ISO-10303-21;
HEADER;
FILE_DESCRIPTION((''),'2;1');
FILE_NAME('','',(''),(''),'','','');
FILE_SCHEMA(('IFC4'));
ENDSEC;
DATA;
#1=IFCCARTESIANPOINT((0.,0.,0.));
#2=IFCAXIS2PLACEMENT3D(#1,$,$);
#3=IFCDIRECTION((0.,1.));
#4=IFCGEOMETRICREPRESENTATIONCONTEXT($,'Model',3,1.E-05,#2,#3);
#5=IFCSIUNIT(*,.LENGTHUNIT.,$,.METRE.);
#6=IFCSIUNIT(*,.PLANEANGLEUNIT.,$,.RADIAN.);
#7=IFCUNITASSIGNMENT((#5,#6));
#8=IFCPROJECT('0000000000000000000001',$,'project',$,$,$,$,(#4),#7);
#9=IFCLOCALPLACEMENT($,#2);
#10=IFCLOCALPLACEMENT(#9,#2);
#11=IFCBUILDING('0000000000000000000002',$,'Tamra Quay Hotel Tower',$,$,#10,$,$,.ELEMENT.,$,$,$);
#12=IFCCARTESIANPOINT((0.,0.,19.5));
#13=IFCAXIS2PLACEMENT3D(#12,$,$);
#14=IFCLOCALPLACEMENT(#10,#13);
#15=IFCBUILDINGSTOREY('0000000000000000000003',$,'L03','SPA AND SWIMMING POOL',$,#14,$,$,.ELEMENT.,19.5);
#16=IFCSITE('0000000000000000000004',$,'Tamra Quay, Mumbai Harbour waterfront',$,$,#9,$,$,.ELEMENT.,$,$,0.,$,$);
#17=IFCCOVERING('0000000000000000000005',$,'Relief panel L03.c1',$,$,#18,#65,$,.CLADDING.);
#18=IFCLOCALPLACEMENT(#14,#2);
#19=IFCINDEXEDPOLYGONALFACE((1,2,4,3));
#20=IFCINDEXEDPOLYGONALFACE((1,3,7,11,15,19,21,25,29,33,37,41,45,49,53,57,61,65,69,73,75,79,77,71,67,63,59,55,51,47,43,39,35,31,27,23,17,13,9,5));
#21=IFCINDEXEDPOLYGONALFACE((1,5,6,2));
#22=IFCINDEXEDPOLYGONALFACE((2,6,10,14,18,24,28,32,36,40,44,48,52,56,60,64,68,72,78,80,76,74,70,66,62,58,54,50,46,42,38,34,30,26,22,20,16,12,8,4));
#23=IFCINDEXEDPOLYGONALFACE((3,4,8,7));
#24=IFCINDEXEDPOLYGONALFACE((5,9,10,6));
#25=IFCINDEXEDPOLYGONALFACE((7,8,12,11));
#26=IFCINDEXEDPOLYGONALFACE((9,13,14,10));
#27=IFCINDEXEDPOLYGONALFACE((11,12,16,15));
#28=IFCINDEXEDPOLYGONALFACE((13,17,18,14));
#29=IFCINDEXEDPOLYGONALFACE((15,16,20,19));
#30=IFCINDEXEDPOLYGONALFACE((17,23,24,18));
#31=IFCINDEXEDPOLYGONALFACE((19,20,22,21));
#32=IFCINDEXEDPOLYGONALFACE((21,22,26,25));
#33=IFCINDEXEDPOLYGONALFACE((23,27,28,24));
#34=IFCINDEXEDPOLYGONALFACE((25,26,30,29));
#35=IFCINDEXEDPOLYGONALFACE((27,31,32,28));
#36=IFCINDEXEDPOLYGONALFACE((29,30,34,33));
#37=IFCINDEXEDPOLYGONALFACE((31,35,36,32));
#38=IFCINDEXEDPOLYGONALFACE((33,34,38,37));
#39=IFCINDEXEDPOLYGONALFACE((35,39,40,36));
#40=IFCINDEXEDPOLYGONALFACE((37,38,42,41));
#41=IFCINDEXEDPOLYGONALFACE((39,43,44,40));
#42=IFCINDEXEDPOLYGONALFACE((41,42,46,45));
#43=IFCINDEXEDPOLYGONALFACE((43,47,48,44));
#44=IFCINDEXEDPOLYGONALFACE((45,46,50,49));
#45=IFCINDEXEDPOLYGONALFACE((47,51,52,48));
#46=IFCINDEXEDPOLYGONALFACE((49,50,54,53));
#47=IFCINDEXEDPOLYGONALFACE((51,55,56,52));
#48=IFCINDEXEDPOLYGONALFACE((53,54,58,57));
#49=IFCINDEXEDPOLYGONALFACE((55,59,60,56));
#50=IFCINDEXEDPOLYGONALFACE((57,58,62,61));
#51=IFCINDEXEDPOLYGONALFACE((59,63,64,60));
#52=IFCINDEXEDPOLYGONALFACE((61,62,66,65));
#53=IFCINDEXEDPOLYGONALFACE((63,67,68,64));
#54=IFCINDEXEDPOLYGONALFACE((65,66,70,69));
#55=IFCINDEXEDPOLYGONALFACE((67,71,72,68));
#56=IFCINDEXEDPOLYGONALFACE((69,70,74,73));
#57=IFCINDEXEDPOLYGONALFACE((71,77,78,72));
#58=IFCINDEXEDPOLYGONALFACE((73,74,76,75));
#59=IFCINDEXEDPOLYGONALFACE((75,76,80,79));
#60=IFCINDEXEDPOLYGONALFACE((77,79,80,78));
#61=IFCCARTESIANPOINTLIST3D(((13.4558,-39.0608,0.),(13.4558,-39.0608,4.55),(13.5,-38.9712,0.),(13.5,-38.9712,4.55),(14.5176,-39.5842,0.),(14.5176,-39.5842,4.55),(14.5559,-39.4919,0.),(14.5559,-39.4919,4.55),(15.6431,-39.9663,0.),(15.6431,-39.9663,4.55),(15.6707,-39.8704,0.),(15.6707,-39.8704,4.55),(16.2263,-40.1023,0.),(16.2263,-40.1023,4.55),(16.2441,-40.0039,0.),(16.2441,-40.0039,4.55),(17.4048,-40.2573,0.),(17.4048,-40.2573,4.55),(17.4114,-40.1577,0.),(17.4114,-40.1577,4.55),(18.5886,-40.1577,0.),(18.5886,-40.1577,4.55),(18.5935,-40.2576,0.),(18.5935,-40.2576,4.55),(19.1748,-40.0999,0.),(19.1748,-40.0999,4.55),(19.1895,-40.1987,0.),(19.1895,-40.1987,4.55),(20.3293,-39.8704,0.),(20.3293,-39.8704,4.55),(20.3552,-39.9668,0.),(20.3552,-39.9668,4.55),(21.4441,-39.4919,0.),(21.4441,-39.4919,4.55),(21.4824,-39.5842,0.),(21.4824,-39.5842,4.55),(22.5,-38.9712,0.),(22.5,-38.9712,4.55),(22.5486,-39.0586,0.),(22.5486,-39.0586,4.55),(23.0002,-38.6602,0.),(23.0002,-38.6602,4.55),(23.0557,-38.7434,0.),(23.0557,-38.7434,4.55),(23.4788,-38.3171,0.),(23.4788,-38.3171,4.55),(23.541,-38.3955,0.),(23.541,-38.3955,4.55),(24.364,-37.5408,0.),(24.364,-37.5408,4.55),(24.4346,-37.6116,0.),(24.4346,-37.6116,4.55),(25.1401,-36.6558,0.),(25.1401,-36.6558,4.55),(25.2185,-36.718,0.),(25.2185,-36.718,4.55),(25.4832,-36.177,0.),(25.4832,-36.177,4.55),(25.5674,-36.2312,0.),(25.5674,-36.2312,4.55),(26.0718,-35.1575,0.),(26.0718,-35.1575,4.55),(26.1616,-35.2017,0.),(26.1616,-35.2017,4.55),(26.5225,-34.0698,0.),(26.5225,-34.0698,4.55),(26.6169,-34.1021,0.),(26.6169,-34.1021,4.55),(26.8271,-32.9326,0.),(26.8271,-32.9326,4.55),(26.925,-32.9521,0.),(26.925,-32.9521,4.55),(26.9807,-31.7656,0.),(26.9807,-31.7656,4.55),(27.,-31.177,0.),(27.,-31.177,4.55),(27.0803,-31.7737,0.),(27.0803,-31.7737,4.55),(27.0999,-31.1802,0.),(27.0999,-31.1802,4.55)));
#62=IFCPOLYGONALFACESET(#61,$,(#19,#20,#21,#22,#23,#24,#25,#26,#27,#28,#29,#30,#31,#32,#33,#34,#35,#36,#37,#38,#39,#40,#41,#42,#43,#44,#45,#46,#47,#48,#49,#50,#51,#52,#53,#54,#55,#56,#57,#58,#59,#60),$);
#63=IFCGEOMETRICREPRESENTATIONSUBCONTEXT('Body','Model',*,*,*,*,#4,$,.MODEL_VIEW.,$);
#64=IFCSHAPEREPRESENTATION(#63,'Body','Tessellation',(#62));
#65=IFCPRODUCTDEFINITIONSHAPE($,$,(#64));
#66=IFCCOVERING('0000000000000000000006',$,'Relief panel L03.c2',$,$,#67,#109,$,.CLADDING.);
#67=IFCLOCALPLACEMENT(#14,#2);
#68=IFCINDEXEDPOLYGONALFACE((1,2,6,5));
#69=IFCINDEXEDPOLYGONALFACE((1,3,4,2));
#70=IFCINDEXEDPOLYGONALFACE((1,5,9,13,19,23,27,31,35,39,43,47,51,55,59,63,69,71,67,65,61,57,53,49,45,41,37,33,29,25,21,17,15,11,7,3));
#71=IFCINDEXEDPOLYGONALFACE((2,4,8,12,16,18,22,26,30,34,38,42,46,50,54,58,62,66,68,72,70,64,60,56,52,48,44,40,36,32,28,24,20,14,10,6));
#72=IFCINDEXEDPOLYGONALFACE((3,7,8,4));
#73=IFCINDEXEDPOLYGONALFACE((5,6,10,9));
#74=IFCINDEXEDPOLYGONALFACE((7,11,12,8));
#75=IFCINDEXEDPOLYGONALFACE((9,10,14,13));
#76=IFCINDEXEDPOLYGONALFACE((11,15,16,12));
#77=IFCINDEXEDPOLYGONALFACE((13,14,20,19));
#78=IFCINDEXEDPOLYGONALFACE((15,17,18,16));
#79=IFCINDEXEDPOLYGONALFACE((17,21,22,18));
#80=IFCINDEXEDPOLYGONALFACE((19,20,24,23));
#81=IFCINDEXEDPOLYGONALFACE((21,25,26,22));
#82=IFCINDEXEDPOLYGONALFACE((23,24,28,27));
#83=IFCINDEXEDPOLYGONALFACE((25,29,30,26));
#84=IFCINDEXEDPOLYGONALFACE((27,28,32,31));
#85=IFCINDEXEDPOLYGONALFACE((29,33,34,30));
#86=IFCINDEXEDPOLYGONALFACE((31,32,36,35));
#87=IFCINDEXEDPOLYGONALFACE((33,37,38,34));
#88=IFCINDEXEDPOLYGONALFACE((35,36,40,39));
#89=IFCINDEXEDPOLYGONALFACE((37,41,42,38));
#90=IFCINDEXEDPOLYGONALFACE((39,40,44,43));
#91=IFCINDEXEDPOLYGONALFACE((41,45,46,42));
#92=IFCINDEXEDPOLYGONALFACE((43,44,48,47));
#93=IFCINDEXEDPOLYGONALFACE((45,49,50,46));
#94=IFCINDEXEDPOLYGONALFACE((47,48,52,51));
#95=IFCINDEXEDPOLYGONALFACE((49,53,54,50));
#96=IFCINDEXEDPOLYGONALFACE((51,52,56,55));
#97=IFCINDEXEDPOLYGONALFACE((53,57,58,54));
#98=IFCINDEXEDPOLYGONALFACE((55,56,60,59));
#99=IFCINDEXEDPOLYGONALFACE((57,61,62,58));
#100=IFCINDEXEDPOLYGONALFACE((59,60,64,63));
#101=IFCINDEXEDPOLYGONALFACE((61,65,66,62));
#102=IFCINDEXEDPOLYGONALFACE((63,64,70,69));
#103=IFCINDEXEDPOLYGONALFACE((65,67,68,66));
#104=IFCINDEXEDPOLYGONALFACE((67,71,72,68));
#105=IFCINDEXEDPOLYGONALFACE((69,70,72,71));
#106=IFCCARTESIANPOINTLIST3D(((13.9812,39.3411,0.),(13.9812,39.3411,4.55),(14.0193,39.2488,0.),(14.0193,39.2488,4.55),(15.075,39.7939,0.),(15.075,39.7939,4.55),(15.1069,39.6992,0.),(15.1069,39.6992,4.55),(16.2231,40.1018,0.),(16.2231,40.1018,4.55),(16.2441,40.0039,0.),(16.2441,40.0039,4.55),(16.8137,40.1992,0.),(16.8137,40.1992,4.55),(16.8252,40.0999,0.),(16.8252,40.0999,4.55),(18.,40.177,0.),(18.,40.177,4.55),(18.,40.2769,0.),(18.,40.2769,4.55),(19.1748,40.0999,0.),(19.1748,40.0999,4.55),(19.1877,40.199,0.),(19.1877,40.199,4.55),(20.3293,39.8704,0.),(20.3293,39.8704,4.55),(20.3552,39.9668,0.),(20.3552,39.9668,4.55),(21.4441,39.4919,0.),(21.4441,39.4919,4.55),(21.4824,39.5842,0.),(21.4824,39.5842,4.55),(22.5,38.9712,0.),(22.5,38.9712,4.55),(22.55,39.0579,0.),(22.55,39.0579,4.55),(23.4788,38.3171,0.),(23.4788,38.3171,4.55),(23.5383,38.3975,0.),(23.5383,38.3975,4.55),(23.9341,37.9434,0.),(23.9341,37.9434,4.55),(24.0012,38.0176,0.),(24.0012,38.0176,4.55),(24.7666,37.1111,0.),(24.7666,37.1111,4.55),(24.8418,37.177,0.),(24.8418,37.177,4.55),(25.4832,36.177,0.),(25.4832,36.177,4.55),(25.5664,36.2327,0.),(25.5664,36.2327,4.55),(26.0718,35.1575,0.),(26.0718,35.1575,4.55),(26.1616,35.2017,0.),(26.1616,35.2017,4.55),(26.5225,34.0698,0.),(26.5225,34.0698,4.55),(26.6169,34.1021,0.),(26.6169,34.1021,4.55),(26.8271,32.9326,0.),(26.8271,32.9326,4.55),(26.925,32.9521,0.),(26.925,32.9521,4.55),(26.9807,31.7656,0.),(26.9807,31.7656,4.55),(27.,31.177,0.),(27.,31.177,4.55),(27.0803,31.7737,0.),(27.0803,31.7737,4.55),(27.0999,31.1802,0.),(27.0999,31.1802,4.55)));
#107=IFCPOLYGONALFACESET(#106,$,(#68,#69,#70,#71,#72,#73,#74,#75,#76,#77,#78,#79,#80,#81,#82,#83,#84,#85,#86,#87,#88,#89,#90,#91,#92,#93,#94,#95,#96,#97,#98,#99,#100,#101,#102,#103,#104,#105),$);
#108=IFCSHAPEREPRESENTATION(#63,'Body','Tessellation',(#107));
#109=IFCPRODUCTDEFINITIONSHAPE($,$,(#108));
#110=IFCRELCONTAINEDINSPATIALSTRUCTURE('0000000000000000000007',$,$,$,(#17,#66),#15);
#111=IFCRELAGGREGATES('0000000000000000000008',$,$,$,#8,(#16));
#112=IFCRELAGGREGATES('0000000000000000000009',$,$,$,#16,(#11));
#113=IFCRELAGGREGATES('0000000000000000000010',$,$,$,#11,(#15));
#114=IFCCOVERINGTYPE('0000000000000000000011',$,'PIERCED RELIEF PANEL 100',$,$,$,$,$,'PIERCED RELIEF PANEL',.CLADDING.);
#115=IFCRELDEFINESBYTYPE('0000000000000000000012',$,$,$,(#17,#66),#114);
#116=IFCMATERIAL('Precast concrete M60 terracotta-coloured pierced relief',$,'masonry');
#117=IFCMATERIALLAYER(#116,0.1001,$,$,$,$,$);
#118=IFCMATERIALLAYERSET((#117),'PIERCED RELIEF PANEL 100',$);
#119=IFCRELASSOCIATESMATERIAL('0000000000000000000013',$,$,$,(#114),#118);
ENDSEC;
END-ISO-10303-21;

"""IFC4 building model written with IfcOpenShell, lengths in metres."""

from ifc_helpers import new_model, si_unit, direction, frame, origin, place, context, subcontext, project, spatial, polyline, outline, extrude, material, layer, layer_set, type_object, element, save


model = new_model("IFC4")

# Units and contexts
model_context = context("Model", 3, precision=1e-05, world=origin(), true_north=direction((0.0, 1.0)))
body_context = subcontext(model_context, "Body", "Model", "MODEL_VIEW")
ifc_project = project(units=[si_unit("LENGTHUNIT", "METRE"), si_unit("PLANEANGLEUNIT", "RADIAN")], contexts=[model_context])

# Site, building, storey
site_placement = place(None, origin())
site = spatial("IfcSite", under=ifc_project, at=site_placement, Name="Tamra Quay, Mumbai Harbour waterfront", CompositionType="ELEMENT", RefElevation=0.0)
building_placement = place(site_placement, origin())
building = spatial("IfcBuilding", under=site, at=building_placement, Name="Tamra Quay Hotel Tower", CompositionType="ELEMENT")
storey_placement = place(building_placement, frame((0.0, 0.0, 19.5)))
storey = spatial("IfcBuildingStorey", under=building, at=storey_placement, Name="L03", Description="SPA AND SWIMMING POOL", CompositionType="ELEMENT", Elevation=19.5)

# Coverings
ifc_material_1 = material(Name="Precast concrete M60 terracotta-coloured pierced relief", Category="masonry")
ifc_layer_1 = layer(ifc_material_1, 0.1001)
ifc_layer_set_1 = layer_set([ifc_layer_1], Name="PIERCED RELIEF PANEL 100")
covering_type = type_object("IfcCoveringType", Name="PIERCED RELIEF PANEL 100", ElementType="PIERCED RELIEF PANEL", PredefinedType="CLADDING", material=ifc_layer_set_1)
covering_1_placement = place(storey_placement, origin())
element("IfcCovering", 1, at=covering_1_placement, inside=storey, type_object=covering_type, Name="Relief panel L03.c1", PredefinedType="CLADDING", context=body_context, shape_type="SweptSolid", body=[
    extrude(outline(polyline([(13.5, -38.9712), (14.5559, -39.4919), (15.6707, -39.8704), (16.2441, -40.0039), (17.4114, -40.1577), (18.5886, -40.1577), (19.1748, -40.0999), (20.3293, -39.8704), (21.4441, -39.4919), (22.5, -38.9712), (23.0002, -38.6602), (23.4788, -38.3171), (24.364, -37.5408), (25.1401, -36.6558), (25.4832, -36.177), (26.0718, -35.1575), (26.5225, -34.0698), (26.8271, -32.9326), (26.9807, -31.7656), (27.0, -31.177), (27.0999, -31.1802), (27.0803, -31.7737), (26.925, -32.9521), (26.6169, -34.1021), (26.1616, -35.2017), (25.5674, -36.2312), (25.2185, -36.718), (24.4346, -37.6116), (23.541, -38.3955), (23.0557, -38.7434), (22.5486, -39.0586), (21.4824, -39.5842), (20.3552, -39.9668), (19.1895, -40.1987), (18.5935, -40.2576), (17.4048, -40.2573), (16.2263, -40.1023), (15.6431, -39.9663), (14.5176, -39.5842), (13.4558, -39.0608), (13.5, -38.9712)])), origin(), (0.0, 0.0, 1.0), 4.55),
])
covering_2_placement = place(storey_placement, origin())
element("IfcCovering", 2, at=covering_2_placement, inside=storey, type_object=covering_type, Name="Relief panel L03.c2", PredefinedType="CLADDING", context=body_context, shape_type="SweptSolid", body=[
    extrude(outline(polyline([(27.0, 31.177), (26.9807, 31.7656), (26.8271, 32.9326), (26.5225, 34.0698), (26.0718, 35.1575), (25.4832, 36.177), (24.7666, 37.1111), (23.9341, 37.9434), (23.4788, 38.3171), (22.5, 38.9712), (21.4441, 39.4919), (20.3293, 39.8704), (19.1748, 40.0999), (18.0, 40.177), (16.8252, 40.0999), (16.2441, 40.0039), (15.1069, 39.6992), (14.0193, 39.2488), (13.9812, 39.3411), (15.075, 39.7939), (16.2231, 40.1018), (16.8137, 40.1992), (18.0, 40.2769), (19.1877, 40.199), (20.3552, 39.9668), (21.4824, 39.5842), (22.55, 39.0579), (23.5383, 38.3975), (24.0012, 38.0176), (24.8418, 37.177), (25.5664, 36.2327), (26.1616, 35.2017), (26.6169, 34.1021), (26.925, 32.9521), (27.0803, 31.7737), (27.0999, 31.1802), (27.0, 31.177)])), origin(), (0.0, 0.0, 1.0), 4.55),
])

save(model, "model.ifc")
